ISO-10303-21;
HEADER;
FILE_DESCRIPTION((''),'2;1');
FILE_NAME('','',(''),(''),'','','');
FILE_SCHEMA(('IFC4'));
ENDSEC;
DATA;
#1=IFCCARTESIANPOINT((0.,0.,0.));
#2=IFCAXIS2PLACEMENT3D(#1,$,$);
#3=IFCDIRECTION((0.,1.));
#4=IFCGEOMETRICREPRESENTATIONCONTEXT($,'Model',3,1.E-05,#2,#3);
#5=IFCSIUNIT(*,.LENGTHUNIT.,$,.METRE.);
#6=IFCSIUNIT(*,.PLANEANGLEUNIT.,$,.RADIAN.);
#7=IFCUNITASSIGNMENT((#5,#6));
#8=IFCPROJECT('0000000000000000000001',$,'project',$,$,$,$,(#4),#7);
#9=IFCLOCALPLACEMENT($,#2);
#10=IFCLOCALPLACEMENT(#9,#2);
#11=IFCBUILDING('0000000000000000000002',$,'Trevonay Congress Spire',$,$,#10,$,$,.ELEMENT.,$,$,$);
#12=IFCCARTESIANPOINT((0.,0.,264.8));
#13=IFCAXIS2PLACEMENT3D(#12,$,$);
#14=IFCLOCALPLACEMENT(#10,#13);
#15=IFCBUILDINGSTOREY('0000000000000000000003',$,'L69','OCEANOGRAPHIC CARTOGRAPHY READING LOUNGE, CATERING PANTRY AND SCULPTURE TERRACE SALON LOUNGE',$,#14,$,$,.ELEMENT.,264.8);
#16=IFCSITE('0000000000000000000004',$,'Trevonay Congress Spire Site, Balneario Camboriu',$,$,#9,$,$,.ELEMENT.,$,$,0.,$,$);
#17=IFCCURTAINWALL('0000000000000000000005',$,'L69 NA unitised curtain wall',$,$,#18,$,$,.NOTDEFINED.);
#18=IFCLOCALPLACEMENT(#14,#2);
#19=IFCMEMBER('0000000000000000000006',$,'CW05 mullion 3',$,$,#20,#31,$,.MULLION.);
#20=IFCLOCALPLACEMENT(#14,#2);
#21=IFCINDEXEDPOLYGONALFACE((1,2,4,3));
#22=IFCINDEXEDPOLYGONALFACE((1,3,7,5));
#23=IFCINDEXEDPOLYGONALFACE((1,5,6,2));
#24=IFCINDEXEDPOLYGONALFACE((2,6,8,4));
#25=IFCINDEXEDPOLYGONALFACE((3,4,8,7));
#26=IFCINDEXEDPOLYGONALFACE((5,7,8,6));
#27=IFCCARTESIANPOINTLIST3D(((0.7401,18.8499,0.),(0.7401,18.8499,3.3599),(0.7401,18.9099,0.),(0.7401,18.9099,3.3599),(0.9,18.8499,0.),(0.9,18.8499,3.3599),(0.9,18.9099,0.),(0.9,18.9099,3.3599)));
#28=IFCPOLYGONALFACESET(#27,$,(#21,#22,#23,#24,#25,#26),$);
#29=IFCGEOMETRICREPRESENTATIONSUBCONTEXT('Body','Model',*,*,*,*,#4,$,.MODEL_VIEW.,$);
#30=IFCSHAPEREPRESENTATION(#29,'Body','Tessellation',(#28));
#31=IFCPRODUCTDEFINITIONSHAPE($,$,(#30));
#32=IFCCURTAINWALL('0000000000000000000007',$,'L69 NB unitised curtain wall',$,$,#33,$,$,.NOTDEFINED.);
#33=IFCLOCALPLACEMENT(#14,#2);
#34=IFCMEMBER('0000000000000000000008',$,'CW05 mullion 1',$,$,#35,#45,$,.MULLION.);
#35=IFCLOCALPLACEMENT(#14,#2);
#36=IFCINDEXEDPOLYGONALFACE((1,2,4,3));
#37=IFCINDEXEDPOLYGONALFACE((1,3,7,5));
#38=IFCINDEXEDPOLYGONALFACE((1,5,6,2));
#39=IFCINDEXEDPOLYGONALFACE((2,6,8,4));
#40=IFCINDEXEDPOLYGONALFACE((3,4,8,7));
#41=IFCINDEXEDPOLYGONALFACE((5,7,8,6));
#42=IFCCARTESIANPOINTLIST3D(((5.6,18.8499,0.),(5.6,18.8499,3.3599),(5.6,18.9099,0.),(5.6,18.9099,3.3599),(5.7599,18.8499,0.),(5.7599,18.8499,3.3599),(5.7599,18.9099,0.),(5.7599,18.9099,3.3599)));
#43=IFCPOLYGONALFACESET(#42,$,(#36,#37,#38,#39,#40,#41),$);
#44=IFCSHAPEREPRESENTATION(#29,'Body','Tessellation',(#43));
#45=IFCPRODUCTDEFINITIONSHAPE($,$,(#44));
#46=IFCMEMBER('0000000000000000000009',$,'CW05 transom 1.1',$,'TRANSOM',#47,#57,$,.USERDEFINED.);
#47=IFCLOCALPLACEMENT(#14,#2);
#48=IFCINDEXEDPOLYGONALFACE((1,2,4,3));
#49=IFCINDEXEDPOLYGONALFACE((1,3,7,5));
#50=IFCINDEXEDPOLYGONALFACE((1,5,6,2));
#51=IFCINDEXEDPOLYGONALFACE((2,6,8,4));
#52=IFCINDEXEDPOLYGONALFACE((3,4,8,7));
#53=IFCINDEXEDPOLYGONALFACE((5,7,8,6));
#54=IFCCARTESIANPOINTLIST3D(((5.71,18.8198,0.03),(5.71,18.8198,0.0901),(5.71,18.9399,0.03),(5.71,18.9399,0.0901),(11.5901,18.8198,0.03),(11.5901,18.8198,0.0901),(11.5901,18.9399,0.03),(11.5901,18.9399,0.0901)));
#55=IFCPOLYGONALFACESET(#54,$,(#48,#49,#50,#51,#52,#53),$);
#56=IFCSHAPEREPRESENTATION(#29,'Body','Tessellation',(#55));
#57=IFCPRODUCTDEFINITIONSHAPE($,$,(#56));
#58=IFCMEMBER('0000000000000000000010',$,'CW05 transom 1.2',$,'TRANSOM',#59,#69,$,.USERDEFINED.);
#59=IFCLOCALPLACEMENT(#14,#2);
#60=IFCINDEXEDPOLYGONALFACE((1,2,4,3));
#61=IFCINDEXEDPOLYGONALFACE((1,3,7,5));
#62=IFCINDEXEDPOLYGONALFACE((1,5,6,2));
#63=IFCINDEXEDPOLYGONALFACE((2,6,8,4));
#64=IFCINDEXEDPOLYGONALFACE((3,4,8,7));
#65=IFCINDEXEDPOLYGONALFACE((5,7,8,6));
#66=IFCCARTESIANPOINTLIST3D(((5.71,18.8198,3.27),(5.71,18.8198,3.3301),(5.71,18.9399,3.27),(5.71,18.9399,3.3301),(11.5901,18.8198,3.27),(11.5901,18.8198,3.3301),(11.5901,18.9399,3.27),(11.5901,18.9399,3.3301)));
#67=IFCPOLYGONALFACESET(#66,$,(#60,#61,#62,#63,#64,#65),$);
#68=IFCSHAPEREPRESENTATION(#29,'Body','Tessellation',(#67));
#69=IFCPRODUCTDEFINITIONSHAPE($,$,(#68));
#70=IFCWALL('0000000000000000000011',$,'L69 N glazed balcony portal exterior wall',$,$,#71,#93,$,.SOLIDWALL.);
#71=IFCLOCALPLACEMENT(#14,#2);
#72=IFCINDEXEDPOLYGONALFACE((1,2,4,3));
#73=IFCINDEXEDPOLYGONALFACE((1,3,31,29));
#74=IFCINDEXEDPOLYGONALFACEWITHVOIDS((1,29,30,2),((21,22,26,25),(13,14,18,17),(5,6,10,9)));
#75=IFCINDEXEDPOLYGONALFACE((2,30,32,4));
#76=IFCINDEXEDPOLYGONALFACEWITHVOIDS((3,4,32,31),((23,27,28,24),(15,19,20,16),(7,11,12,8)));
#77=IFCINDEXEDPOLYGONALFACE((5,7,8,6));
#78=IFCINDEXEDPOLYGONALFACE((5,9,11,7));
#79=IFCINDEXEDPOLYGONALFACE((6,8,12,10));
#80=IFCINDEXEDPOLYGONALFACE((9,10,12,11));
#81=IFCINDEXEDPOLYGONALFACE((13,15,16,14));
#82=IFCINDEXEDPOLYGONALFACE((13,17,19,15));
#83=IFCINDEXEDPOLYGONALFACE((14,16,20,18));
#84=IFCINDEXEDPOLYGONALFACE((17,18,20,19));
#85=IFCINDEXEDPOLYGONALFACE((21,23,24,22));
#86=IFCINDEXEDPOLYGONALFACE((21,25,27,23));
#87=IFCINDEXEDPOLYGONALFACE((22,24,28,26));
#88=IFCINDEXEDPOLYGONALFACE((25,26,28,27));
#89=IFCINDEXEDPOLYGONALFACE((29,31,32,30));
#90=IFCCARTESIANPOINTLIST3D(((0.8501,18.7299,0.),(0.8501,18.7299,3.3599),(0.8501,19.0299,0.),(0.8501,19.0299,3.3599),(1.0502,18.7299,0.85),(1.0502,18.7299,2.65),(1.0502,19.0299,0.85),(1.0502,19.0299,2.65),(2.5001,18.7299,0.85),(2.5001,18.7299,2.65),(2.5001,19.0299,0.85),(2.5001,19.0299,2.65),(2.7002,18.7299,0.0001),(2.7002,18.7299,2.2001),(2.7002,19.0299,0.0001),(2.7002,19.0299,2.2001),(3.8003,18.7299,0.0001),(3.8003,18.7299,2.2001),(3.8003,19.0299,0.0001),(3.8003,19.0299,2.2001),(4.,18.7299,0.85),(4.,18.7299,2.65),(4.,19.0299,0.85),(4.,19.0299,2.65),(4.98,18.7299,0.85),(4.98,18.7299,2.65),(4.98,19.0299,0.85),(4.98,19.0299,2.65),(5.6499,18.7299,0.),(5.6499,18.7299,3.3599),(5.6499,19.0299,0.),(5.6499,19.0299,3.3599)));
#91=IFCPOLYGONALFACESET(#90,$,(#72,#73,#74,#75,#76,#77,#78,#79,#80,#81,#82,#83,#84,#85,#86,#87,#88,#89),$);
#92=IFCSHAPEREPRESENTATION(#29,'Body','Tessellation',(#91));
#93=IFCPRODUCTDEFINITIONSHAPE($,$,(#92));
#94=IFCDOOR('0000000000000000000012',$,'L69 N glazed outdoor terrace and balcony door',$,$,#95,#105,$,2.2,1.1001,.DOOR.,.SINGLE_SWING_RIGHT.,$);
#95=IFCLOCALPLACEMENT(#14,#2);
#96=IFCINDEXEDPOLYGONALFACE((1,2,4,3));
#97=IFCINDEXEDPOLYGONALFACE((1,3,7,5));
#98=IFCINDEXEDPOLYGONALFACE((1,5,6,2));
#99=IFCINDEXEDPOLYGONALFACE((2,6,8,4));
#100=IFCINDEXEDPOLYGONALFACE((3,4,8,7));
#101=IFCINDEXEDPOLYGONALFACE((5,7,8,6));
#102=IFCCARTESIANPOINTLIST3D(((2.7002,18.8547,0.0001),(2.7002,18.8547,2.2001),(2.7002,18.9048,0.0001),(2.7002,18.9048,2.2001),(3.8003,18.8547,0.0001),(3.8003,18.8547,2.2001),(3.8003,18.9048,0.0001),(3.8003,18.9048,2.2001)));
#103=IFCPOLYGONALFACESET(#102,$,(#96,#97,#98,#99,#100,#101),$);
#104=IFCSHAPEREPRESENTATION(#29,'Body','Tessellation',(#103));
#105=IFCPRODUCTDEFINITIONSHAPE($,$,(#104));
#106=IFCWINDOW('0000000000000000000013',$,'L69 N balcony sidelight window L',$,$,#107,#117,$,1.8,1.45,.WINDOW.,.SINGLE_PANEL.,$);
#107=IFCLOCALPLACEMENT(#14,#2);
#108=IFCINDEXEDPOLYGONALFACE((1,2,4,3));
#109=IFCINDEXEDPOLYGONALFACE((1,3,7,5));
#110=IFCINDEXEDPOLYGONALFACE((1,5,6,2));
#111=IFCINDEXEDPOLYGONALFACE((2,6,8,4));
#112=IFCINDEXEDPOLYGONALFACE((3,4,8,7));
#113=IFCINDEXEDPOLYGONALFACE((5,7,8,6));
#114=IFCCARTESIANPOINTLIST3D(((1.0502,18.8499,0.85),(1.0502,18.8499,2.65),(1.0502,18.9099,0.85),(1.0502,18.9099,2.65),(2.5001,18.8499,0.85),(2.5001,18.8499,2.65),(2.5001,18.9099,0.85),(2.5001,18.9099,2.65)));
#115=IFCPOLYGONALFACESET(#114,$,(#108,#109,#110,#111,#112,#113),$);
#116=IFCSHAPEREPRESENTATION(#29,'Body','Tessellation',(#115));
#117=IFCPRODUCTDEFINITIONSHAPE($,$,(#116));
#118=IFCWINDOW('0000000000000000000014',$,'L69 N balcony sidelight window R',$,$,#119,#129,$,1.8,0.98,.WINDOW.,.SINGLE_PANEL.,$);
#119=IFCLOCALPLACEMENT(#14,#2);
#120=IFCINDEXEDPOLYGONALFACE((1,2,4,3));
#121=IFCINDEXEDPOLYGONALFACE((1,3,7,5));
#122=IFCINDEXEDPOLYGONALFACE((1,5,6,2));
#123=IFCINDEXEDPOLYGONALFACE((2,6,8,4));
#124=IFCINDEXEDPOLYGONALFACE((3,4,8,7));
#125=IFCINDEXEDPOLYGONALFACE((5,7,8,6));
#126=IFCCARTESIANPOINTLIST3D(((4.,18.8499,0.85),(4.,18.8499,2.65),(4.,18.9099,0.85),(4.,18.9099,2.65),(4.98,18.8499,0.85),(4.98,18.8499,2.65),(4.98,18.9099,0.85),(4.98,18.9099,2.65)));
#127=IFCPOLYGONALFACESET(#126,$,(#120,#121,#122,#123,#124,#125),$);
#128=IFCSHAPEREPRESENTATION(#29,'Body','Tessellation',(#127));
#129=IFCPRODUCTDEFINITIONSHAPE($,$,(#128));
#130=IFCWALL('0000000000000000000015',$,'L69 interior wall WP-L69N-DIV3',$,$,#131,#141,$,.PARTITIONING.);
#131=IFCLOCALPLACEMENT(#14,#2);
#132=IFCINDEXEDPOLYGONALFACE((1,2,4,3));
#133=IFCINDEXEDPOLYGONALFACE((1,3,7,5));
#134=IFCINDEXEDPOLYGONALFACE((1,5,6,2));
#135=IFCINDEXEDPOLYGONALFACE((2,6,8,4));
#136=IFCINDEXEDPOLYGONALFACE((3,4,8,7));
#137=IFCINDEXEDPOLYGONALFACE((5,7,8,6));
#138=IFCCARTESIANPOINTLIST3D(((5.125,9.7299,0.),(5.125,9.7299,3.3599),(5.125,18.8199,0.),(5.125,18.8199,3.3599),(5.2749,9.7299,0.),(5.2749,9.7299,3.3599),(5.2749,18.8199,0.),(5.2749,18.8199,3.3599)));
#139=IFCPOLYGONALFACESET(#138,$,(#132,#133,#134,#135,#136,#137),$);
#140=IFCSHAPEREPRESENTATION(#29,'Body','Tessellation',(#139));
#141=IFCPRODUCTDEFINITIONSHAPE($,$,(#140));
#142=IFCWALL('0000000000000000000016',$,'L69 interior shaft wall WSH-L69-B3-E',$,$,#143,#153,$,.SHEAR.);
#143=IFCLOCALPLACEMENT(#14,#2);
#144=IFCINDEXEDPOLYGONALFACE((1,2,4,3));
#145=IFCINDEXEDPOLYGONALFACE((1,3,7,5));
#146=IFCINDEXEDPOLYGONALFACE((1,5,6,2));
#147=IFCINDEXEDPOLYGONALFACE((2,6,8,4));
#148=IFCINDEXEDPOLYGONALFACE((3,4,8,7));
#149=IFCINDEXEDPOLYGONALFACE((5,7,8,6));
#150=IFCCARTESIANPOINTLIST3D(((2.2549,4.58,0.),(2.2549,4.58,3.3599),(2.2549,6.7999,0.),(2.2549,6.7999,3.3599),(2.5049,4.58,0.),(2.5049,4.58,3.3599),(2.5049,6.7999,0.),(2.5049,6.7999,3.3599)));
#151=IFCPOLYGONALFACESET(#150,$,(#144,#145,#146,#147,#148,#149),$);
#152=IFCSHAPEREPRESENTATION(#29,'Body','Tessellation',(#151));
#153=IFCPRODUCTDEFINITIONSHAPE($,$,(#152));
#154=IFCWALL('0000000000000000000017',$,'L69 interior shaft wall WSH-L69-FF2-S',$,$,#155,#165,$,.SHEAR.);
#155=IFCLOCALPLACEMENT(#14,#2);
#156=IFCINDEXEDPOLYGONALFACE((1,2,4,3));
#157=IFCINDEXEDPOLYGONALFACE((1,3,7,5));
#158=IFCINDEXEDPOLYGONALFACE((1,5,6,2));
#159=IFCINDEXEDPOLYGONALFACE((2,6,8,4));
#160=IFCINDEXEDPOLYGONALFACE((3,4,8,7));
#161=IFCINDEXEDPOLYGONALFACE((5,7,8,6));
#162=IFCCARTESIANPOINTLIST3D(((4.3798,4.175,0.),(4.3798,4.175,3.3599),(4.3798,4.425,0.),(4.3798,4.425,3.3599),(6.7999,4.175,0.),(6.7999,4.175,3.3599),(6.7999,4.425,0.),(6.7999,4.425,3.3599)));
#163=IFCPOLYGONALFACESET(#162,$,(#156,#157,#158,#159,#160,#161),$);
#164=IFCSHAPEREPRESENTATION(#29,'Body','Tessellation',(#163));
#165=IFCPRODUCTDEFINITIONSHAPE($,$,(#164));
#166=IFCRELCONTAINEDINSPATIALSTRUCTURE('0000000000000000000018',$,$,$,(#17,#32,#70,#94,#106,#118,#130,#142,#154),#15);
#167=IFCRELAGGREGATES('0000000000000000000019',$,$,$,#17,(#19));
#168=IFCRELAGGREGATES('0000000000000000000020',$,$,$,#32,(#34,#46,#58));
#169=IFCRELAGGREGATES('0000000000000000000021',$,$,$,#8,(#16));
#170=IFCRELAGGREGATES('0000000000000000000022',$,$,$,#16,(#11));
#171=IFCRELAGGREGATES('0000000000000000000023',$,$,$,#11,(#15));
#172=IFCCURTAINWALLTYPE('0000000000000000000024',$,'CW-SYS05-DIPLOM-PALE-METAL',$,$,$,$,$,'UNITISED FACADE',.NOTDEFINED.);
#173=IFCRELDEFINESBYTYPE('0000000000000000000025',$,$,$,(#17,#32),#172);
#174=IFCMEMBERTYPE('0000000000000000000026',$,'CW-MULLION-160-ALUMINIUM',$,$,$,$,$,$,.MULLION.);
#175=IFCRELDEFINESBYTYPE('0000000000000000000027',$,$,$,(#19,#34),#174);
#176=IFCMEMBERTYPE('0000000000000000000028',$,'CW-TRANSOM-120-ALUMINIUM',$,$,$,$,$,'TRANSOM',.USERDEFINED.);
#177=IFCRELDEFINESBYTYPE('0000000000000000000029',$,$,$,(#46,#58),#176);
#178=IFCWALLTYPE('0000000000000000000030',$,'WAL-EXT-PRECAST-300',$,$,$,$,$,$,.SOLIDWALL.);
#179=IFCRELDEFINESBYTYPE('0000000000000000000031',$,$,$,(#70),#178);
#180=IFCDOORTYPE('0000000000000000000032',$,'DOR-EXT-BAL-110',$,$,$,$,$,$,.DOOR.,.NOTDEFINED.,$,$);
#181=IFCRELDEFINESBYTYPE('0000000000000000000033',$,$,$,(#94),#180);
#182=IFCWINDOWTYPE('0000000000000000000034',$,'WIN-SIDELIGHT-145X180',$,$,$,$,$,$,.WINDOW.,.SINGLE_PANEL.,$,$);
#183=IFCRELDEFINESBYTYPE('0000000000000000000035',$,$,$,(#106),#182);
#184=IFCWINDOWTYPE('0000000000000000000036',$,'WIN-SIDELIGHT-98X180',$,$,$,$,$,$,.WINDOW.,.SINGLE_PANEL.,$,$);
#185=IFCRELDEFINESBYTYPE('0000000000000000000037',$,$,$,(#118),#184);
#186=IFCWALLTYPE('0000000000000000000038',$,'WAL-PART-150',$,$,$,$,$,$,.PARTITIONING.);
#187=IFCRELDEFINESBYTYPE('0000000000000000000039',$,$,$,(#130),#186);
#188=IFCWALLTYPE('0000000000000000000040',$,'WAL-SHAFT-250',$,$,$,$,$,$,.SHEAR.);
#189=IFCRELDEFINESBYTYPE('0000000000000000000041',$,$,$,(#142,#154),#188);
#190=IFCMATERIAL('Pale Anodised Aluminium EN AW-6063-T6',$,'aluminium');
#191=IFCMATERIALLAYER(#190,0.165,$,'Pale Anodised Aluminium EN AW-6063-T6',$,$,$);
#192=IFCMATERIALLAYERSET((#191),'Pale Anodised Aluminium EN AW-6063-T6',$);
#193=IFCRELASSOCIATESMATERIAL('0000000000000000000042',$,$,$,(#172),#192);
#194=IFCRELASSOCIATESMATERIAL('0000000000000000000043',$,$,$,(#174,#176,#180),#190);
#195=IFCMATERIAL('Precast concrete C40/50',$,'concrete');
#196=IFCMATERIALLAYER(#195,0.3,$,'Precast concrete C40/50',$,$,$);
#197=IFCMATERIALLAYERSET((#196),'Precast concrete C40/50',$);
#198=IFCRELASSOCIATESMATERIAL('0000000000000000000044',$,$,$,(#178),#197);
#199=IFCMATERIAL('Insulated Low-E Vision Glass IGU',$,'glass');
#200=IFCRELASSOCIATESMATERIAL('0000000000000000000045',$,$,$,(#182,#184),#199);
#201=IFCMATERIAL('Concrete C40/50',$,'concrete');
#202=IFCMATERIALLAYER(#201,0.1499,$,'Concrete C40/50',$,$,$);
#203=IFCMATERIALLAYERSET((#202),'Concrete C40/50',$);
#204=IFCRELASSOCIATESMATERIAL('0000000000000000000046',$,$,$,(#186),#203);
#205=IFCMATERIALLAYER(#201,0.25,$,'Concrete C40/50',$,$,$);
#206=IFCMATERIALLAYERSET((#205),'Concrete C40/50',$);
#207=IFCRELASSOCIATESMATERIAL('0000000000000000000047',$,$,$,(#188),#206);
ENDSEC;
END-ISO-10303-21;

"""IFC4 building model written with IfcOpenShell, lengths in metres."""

from ifc_helpers import new_model, si_unit, direction, frame, frame_2d, origin, origin_2d, place, context, subcontext, project, spatial, rectangle, extrude, material, layer, layer_set, material_profile, profile_set, type_object, element, fill, aggregate, save


model = new_model("IFC4")

# Units and contexts
model_context = context("Model", 3, precision=1e-05, world=origin(), true_north=direction((0.0, 1.0)))
body_context = subcontext(model_context, "Body", "Model", "MODEL_VIEW")
ifc_project = project(units=[si_unit("LENGTHUNIT", "METRE"), si_unit("PLANEANGLEUNIT", "RADIAN")], contexts=[model_context])

# Site, building, storey
site_placement = place(None, origin())
site = spatial("IfcSite", under=ifc_project, at=site_placement, Name="Trevonay Congress Spire Site, Balneario Camboriu", CompositionType="ELEMENT", RefElevation=0.0)
building_placement = place(site_placement, origin())
building = spatial("IfcBuilding", under=site, at=building_placement, Name="Trevonay Congress Spire", CompositionType="ELEMENT")
storey_placement = place(building_placement, frame((0.0, 0.0, 264.8)))
storey = spatial("IfcBuildingStorey", under=building, at=storey_placement, Name="L69", Description="OCEANOGRAPHIC CARTOGRAPHY READING LOUNGE, CATERING PANTRY AND SCULPTURE TERRACE SALON LOUNGE", CompositionType="ELEMENT", Elevation=264.8)

# Curtain wall, member
ifc_material_1 = material(Name="Pale Anodised Aluminium EN AW-6063-T6", Category="aluminium")
ifc_layer_1 = layer(ifc_material_1, 0.165, Name="Pale Anodised Aluminium EN AW-6063-T6")
ifc_layer_set_1 = layer_set([ifc_layer_1], Name="Pale Anodised Aluminium EN AW-6063-T6")
curtain_wall_type = type_object("IfcCurtainWallType", Name="CW-SYS05-DIPLOM-PALE-METAL", ElementType="UNITISED FACADE", PredefinedType="NOTDEFINED", material=ifc_layer_set_1)
curtain_wall_1_placement = place(storey_placement, origin())
curtain_wall_1 = element("IfcCurtainWall", 1, at=curtain_wall_1_placement, inside=storey, type_object=curtain_wall_type, Name="L69 NA unitised curtain wall", PredefinedType="NOTDEFINED")
ifc_material_profile_1 = material_profile(ifc_material_1, rectangle(XDim=0.0601, YDim=0.1599, at=origin_2d()), Name="CW-MULLION-160-ALUMINIUM")
ifc_profile_set_1 = profile_set([ifc_material_profile_1], Name="Pale Anodised Aluminium EN AW-6063-T6")
member_type_1 = type_object("IfcMemberType", Name="CW-MULLION-160-ALUMINIUM", PredefinedType="MULLION", material=ifc_profile_set_1)
member_1_placement = place(storey_placement, frame((0.8201, 18.8799, 0.0), z_axis=(0.0, 0.0, 1.0), x_axis=(0.0, 1.0, 0.0)))
member_1 = element("IfcMember", 2, at=member_1_placement, type_object=member_type_1, Name="CW05 mullion 3", PredefinedType="MULLION", context=body_context, shape_type="SweptSolid", body=[
    extrude(rectangle(XDim=0.0601, YDim=0.1599, at=origin_2d()), origin(), (0.0, 0.0, 1.0), 3.3599),
])
aggregate(curtain_wall_1, [member_1])

# Curtain wall, members
curtain_wall_2_placement = place(storey_placement, origin())
curtain_wall_2 = element("IfcCurtainWall", 3, at=curtain_wall_2_placement, inside=storey, type_object=curtain_wall_type, Name="L69 NB unitised curtain wall", PredefinedType="NOTDEFINED")
member_2_placement = place(storey_placement, frame((5.6799, 18.8799, 0.0), z_axis=(0.0, 0.0, 1.0), x_axis=(0.0, 1.0, 0.0)))
member_2 = element("IfcMember", 4, at=member_2_placement, type_object=member_type_1, Name="CW05 mullion 1", PredefinedType="MULLION", context=body_context, shape_type="SweptSolid", body=[
    extrude(rectangle(XDim=0.0601, YDim=0.1599, at=origin_2d()), origin(), (0.0, 0.0, 1.0), 3.3599),
])
ifc_material_profile_2 = material_profile(ifc_material_1, rectangle(XDim=0.1201, YDim=0.0601, at=origin_2d()), Name="CW-TRANSOM-120-ALUMINIUM")
ifc_profile_set_2 = profile_set([ifc_material_profile_2], Name="Pale Anodised Aluminium EN AW-6063-T6")
member_type_2 = type_object("IfcMemberType", Name="CW-TRANSOM-120-ALUMINIUM", ElementType="TRANSOM", PredefinedType="USERDEFINED", material=ifc_profile_set_2)
member_3_placement = place(storey_placement, frame((5.71, 18.8799, 0.0601), z_axis=(1.0, 0.0, 0.0), x_axis=(0.0, 1.0, 0.0)))
member_3 = element("IfcMember", 5, at=member_3_placement, type_object=member_type_2, Name="CW05 transom 1.1", ObjectType="TRANSOM", PredefinedType="USERDEFINED", context=body_context, shape_type="SweptSolid", body=[
    extrude(rectangle(XDim=0.1201, YDim=0.0601, at=origin_2d()), origin(), (0.0, 0.0, 1.0), 5.8801),
])
member_4_placement = place(storey_placement, frame((5.71, 18.8799, 3.3), z_axis=(1.0, 0.0, 0.0), x_axis=(0.0, 1.0, 0.0)))
member_4 = element("IfcMember", 6, at=member_4_placement, type_object=member_type_2, Name="CW05 transom 1.2", ObjectType="TRANSOM", PredefinedType="USERDEFINED", context=body_context, shape_type="SweptSolid", body=[
    extrude(rectangle(XDim=0.1201, YDim=0.0601, at=origin_2d()), origin(), (0.0, 0.0, 1.0), 5.8801),
])
aggregate(curtain_wall_2, [member_2, member_3, member_4])

# Wall, openings, door, windows
ifc_material_2 = material(Name="Precast concrete C40/50", Category="concrete")
ifc_layer_2 = layer(ifc_material_2, 0.3, Name="Precast concrete C40/50")
ifc_layer_set_2 = layer_set([ifc_layer_2], Name="Precast concrete C40/50")
wall_type_1 = type_object("IfcWallType", Name="WAL-EXT-PRECAST-300", PredefinedType="SOLIDWALL", material=ifc_layer_set_2)
wall_1_placement = place(storey_placement, frame((0.8501, 18.8799, 0.0), z_axis=(0.0, 0.0, 1.0), x_axis=(1.0, 0.0, 0.0)))
wall_1 = element("IfcWall", 7, at=wall_1_placement, inside=storey, type_object=wall_type_1, Name="L69 N glazed balcony portal exterior wall", PredefinedType="SOLIDWALL", context=body_context, shape_type="SweptSolid", body=[
    extrude(rectangle(XDim=4.7998, YDim=0.3, at=frame_2d((2.3999, 0.0))), origin(), (0.0, 0.0, 1.0), 3.3599),
])
opening_1_placement = place(wall_1_placement, frame((1.8501, 0.0, 0.0)))
opening_1 = element("IfcOpeningElement", 8, at=opening_1_placement, cuts=wall_1, PredefinedType="OPENING", context=body_context, shape_type="SweptSolid", body=[
    extrude(rectangle(XDim=1.1001, YDim=2.2, at=frame_2d((0.55, 1.1001))), frame((0.0, 0.1602, 0.0), z_axis=(0.0, -1.0, 0.0), x_axis=(1.0, 0.0, 0.0)), (0.0, 0.0, 1.0), 0.3201),
])
opening_2_placement = place(wall_1_placement, frame((0.2, 0.0, 0.8501)))
opening_2 = element("IfcOpeningElement", 9, at=opening_2_placement, cuts=wall_1, PredefinedType="OPENING", context=body_context, shape_type="SweptSolid", body=[
    extrude(rectangle(XDim=1.45, YDim=1.8, at=frame_2d((0.7251, 0.8999))), frame((0.0, 0.1602, 0.0), z_axis=(0.0, -1.0, 0.0), x_axis=(1.0, 0.0, 0.0)), (0.0, 0.0, 1.0), 0.3201),
])
opening_3_placement = place(wall_1_placement, frame((3.1499, 0.0, 0.8501)))
opening_3 = element("IfcOpeningElement", 10, at=opening_3_placement, cuts=wall_1, PredefinedType="OPENING", context=body_context, shape_type="SweptSolid", body=[
    extrude(rectangle(XDim=0.98, YDim=1.8, at=frame_2d((0.49, 0.8999))), frame((0.0, 0.1602, 0.0), z_axis=(0.0, -1.0, 0.0), x_axis=(1.0, 0.0, 0.0)), (0.0, 0.0, 1.0), 0.3201),
])
door_type_1 = type_object("IfcDoorType", Name="DOR-EXT-BAL-110", OperationType="NOTDEFINED", PredefinedType="DOOR", material=ifc_material_1)
door_1_placement = place(opening_1_placement, origin())
door_1 = element("IfcDoor", 11, at=door_1_placement, inside=storey, type_object=door_type_1, Name="L69 N glazed outdoor terrace and balcony door", OperationType="SINGLE_SWING_RIGHT", OverallHeight=2.2, OverallWidth=1.1001, PredefinedType="DOOR", context=body_context, shape_type="SweptSolid", body=[
    extrude(rectangle(XDim=1.1001, YDim=2.2, at=frame_2d((0.55, 1.1001))), frame((0.0, 0.0249, 0.0), z_axis=(0.0, -1.0, 0.0), x_axis=(1.0, 0.0, 0.0)), (0.0, 0.0, 1.0), 0.05),
])
fill(opening_1, door_1)
ifc_material_3 = material(Name="Insulated Low-E Vision Glass IGU", Category="glass")
window_type_1 = type_object("IfcWindowType", Name="WIN-SIDELIGHT-145X180", PartitioningType="SINGLE_PANEL", PredefinedType="WINDOW", material=ifc_material_3)
window_1_placement = place(opening_2_placement, origin())
window_1 = element("IfcWindow", 12, at=window_1_placement, inside=storey, type_object=window_type_1, Name="L69 N balcony sidelight window L", OverallHeight=1.8, OverallWidth=1.45, PartitioningType="SINGLE_PANEL", PredefinedType="WINDOW", context=body_context, shape_type="SweptSolid", body=[
    extrude(rectangle(XDim=1.45, YDim=1.8, at=frame_2d((0.7251, 0.8999))), frame((0.0, 0.03, 0.0), z_axis=(0.0, -1.0, 0.0), x_axis=(1.0, 0.0, 0.0)), (0.0, 0.0, 1.0), 0.0601),
])
fill(opening_2, window_1)
window_type_2 = type_object("IfcWindowType", Name="WIN-SIDELIGHT-98X180", PartitioningType="SINGLE_PANEL", PredefinedType="WINDOW", material=ifc_material_3)
window_2_placement = place(opening_3_placement, origin())
window_2 = element("IfcWindow", 13, at=window_2_placement, inside=storey, type_object=window_type_2, Name="L69 N balcony sidelight window R", OverallHeight=1.8, OverallWidth=0.98, PartitioningType="SINGLE_PANEL", PredefinedType="WINDOW", context=body_context, shape_type="SweptSolid", body=[
    extrude(rectangle(XDim=0.98, YDim=1.8, at=frame_2d((0.49, 0.8999))), frame((0.0, 0.03, 0.0), z_axis=(0.0, -1.0, 0.0), x_axis=(1.0, 0.0, 0.0)), (0.0, 0.0, 1.0), 0.0601),
])
fill(opening_3, window_2)

# Walls
ifc_material_4 = material(Name="Concrete C40/50", Category="concrete")
ifc_layer_3 = layer(ifc_material_4, 0.1499, Name="Concrete C40/50")
ifc_layer_set_3 = layer_set([ifc_layer_3], Name="Concrete C40/50")
wall_type_2 = type_object("IfcWallType", Name="WAL-PART-150", PredefinedType="PARTITIONING", material=ifc_layer_set_3)
wall_2_placement = place(storey_placement, frame((5.2, 9.73, 0.0), z_axis=(0.0, 0.0, 1.0), x_axis=(0.0, 1.0, 0.0)))
element("IfcWall", 14, at=wall_2_placement, inside=storey, type_object=wall_type_2, Name="L69 interior wall WP-L69N-DIV3", PredefinedType="PARTITIONING", context=body_context, shape_type="SweptSolid", body=[
    extrude(rectangle(XDim=9.0901, YDim=0.1499, at=frame_2d((4.5449, 0.0))), origin(), (0.0, 0.0, 1.0), 3.3599),
])
ifc_layer_4 = layer(ifc_material_4, 0.25, Name="Concrete C40/50")
ifc_layer_set_4 = layer_set([ifc_layer_4], Name="Concrete C40/50")
wall_type_3 = type_object("IfcWallType", Name="WAL-SHAFT-250", PredefinedType="SHEAR", material=ifc_layer_set_4)
wall_3_placement = place(storey_placement, frame((2.3799, 4.5801, 0.0), z_axis=(0.0, 0.0, 1.0), x_axis=(0.0, 1.0, 0.0)))
element("IfcWall", 15, at=wall_3_placement, inside=storey, type_object=wall_type_3, Name="L69 interior shaft wall WSH-L69-B3-E", PredefinedType="SHEAR", context=body_context, shape_type="SweptSolid", body=[
    extrude(rectangle(XDim=2.22, YDim=0.25, at=frame_2d((1.1099, 0.0))), origin(), (0.0, 0.0, 1.0), 3.3599),
])
wall_4_placement = place(storey_placement, frame((4.3799, 4.3, 0.0), z_axis=(0.0, 0.0, 1.0), x_axis=(1.0, 0.0, 0.0)))
element("IfcWall", 16, at=wall_4_placement, inside=storey, type_object=wall_type_3, Name="L69 interior shaft wall WSH-L69-FF2-S", PredefinedType="SHEAR", context=body_context, shape_type="SweptSolid", body=[
    extrude(rectangle(XDim=2.4202, YDim=0.25, at=frame_2d((1.21, 0.0))), origin(), (0.0, 0.0, 1.0), 3.3599),
])

save(model, "model.ifc")
